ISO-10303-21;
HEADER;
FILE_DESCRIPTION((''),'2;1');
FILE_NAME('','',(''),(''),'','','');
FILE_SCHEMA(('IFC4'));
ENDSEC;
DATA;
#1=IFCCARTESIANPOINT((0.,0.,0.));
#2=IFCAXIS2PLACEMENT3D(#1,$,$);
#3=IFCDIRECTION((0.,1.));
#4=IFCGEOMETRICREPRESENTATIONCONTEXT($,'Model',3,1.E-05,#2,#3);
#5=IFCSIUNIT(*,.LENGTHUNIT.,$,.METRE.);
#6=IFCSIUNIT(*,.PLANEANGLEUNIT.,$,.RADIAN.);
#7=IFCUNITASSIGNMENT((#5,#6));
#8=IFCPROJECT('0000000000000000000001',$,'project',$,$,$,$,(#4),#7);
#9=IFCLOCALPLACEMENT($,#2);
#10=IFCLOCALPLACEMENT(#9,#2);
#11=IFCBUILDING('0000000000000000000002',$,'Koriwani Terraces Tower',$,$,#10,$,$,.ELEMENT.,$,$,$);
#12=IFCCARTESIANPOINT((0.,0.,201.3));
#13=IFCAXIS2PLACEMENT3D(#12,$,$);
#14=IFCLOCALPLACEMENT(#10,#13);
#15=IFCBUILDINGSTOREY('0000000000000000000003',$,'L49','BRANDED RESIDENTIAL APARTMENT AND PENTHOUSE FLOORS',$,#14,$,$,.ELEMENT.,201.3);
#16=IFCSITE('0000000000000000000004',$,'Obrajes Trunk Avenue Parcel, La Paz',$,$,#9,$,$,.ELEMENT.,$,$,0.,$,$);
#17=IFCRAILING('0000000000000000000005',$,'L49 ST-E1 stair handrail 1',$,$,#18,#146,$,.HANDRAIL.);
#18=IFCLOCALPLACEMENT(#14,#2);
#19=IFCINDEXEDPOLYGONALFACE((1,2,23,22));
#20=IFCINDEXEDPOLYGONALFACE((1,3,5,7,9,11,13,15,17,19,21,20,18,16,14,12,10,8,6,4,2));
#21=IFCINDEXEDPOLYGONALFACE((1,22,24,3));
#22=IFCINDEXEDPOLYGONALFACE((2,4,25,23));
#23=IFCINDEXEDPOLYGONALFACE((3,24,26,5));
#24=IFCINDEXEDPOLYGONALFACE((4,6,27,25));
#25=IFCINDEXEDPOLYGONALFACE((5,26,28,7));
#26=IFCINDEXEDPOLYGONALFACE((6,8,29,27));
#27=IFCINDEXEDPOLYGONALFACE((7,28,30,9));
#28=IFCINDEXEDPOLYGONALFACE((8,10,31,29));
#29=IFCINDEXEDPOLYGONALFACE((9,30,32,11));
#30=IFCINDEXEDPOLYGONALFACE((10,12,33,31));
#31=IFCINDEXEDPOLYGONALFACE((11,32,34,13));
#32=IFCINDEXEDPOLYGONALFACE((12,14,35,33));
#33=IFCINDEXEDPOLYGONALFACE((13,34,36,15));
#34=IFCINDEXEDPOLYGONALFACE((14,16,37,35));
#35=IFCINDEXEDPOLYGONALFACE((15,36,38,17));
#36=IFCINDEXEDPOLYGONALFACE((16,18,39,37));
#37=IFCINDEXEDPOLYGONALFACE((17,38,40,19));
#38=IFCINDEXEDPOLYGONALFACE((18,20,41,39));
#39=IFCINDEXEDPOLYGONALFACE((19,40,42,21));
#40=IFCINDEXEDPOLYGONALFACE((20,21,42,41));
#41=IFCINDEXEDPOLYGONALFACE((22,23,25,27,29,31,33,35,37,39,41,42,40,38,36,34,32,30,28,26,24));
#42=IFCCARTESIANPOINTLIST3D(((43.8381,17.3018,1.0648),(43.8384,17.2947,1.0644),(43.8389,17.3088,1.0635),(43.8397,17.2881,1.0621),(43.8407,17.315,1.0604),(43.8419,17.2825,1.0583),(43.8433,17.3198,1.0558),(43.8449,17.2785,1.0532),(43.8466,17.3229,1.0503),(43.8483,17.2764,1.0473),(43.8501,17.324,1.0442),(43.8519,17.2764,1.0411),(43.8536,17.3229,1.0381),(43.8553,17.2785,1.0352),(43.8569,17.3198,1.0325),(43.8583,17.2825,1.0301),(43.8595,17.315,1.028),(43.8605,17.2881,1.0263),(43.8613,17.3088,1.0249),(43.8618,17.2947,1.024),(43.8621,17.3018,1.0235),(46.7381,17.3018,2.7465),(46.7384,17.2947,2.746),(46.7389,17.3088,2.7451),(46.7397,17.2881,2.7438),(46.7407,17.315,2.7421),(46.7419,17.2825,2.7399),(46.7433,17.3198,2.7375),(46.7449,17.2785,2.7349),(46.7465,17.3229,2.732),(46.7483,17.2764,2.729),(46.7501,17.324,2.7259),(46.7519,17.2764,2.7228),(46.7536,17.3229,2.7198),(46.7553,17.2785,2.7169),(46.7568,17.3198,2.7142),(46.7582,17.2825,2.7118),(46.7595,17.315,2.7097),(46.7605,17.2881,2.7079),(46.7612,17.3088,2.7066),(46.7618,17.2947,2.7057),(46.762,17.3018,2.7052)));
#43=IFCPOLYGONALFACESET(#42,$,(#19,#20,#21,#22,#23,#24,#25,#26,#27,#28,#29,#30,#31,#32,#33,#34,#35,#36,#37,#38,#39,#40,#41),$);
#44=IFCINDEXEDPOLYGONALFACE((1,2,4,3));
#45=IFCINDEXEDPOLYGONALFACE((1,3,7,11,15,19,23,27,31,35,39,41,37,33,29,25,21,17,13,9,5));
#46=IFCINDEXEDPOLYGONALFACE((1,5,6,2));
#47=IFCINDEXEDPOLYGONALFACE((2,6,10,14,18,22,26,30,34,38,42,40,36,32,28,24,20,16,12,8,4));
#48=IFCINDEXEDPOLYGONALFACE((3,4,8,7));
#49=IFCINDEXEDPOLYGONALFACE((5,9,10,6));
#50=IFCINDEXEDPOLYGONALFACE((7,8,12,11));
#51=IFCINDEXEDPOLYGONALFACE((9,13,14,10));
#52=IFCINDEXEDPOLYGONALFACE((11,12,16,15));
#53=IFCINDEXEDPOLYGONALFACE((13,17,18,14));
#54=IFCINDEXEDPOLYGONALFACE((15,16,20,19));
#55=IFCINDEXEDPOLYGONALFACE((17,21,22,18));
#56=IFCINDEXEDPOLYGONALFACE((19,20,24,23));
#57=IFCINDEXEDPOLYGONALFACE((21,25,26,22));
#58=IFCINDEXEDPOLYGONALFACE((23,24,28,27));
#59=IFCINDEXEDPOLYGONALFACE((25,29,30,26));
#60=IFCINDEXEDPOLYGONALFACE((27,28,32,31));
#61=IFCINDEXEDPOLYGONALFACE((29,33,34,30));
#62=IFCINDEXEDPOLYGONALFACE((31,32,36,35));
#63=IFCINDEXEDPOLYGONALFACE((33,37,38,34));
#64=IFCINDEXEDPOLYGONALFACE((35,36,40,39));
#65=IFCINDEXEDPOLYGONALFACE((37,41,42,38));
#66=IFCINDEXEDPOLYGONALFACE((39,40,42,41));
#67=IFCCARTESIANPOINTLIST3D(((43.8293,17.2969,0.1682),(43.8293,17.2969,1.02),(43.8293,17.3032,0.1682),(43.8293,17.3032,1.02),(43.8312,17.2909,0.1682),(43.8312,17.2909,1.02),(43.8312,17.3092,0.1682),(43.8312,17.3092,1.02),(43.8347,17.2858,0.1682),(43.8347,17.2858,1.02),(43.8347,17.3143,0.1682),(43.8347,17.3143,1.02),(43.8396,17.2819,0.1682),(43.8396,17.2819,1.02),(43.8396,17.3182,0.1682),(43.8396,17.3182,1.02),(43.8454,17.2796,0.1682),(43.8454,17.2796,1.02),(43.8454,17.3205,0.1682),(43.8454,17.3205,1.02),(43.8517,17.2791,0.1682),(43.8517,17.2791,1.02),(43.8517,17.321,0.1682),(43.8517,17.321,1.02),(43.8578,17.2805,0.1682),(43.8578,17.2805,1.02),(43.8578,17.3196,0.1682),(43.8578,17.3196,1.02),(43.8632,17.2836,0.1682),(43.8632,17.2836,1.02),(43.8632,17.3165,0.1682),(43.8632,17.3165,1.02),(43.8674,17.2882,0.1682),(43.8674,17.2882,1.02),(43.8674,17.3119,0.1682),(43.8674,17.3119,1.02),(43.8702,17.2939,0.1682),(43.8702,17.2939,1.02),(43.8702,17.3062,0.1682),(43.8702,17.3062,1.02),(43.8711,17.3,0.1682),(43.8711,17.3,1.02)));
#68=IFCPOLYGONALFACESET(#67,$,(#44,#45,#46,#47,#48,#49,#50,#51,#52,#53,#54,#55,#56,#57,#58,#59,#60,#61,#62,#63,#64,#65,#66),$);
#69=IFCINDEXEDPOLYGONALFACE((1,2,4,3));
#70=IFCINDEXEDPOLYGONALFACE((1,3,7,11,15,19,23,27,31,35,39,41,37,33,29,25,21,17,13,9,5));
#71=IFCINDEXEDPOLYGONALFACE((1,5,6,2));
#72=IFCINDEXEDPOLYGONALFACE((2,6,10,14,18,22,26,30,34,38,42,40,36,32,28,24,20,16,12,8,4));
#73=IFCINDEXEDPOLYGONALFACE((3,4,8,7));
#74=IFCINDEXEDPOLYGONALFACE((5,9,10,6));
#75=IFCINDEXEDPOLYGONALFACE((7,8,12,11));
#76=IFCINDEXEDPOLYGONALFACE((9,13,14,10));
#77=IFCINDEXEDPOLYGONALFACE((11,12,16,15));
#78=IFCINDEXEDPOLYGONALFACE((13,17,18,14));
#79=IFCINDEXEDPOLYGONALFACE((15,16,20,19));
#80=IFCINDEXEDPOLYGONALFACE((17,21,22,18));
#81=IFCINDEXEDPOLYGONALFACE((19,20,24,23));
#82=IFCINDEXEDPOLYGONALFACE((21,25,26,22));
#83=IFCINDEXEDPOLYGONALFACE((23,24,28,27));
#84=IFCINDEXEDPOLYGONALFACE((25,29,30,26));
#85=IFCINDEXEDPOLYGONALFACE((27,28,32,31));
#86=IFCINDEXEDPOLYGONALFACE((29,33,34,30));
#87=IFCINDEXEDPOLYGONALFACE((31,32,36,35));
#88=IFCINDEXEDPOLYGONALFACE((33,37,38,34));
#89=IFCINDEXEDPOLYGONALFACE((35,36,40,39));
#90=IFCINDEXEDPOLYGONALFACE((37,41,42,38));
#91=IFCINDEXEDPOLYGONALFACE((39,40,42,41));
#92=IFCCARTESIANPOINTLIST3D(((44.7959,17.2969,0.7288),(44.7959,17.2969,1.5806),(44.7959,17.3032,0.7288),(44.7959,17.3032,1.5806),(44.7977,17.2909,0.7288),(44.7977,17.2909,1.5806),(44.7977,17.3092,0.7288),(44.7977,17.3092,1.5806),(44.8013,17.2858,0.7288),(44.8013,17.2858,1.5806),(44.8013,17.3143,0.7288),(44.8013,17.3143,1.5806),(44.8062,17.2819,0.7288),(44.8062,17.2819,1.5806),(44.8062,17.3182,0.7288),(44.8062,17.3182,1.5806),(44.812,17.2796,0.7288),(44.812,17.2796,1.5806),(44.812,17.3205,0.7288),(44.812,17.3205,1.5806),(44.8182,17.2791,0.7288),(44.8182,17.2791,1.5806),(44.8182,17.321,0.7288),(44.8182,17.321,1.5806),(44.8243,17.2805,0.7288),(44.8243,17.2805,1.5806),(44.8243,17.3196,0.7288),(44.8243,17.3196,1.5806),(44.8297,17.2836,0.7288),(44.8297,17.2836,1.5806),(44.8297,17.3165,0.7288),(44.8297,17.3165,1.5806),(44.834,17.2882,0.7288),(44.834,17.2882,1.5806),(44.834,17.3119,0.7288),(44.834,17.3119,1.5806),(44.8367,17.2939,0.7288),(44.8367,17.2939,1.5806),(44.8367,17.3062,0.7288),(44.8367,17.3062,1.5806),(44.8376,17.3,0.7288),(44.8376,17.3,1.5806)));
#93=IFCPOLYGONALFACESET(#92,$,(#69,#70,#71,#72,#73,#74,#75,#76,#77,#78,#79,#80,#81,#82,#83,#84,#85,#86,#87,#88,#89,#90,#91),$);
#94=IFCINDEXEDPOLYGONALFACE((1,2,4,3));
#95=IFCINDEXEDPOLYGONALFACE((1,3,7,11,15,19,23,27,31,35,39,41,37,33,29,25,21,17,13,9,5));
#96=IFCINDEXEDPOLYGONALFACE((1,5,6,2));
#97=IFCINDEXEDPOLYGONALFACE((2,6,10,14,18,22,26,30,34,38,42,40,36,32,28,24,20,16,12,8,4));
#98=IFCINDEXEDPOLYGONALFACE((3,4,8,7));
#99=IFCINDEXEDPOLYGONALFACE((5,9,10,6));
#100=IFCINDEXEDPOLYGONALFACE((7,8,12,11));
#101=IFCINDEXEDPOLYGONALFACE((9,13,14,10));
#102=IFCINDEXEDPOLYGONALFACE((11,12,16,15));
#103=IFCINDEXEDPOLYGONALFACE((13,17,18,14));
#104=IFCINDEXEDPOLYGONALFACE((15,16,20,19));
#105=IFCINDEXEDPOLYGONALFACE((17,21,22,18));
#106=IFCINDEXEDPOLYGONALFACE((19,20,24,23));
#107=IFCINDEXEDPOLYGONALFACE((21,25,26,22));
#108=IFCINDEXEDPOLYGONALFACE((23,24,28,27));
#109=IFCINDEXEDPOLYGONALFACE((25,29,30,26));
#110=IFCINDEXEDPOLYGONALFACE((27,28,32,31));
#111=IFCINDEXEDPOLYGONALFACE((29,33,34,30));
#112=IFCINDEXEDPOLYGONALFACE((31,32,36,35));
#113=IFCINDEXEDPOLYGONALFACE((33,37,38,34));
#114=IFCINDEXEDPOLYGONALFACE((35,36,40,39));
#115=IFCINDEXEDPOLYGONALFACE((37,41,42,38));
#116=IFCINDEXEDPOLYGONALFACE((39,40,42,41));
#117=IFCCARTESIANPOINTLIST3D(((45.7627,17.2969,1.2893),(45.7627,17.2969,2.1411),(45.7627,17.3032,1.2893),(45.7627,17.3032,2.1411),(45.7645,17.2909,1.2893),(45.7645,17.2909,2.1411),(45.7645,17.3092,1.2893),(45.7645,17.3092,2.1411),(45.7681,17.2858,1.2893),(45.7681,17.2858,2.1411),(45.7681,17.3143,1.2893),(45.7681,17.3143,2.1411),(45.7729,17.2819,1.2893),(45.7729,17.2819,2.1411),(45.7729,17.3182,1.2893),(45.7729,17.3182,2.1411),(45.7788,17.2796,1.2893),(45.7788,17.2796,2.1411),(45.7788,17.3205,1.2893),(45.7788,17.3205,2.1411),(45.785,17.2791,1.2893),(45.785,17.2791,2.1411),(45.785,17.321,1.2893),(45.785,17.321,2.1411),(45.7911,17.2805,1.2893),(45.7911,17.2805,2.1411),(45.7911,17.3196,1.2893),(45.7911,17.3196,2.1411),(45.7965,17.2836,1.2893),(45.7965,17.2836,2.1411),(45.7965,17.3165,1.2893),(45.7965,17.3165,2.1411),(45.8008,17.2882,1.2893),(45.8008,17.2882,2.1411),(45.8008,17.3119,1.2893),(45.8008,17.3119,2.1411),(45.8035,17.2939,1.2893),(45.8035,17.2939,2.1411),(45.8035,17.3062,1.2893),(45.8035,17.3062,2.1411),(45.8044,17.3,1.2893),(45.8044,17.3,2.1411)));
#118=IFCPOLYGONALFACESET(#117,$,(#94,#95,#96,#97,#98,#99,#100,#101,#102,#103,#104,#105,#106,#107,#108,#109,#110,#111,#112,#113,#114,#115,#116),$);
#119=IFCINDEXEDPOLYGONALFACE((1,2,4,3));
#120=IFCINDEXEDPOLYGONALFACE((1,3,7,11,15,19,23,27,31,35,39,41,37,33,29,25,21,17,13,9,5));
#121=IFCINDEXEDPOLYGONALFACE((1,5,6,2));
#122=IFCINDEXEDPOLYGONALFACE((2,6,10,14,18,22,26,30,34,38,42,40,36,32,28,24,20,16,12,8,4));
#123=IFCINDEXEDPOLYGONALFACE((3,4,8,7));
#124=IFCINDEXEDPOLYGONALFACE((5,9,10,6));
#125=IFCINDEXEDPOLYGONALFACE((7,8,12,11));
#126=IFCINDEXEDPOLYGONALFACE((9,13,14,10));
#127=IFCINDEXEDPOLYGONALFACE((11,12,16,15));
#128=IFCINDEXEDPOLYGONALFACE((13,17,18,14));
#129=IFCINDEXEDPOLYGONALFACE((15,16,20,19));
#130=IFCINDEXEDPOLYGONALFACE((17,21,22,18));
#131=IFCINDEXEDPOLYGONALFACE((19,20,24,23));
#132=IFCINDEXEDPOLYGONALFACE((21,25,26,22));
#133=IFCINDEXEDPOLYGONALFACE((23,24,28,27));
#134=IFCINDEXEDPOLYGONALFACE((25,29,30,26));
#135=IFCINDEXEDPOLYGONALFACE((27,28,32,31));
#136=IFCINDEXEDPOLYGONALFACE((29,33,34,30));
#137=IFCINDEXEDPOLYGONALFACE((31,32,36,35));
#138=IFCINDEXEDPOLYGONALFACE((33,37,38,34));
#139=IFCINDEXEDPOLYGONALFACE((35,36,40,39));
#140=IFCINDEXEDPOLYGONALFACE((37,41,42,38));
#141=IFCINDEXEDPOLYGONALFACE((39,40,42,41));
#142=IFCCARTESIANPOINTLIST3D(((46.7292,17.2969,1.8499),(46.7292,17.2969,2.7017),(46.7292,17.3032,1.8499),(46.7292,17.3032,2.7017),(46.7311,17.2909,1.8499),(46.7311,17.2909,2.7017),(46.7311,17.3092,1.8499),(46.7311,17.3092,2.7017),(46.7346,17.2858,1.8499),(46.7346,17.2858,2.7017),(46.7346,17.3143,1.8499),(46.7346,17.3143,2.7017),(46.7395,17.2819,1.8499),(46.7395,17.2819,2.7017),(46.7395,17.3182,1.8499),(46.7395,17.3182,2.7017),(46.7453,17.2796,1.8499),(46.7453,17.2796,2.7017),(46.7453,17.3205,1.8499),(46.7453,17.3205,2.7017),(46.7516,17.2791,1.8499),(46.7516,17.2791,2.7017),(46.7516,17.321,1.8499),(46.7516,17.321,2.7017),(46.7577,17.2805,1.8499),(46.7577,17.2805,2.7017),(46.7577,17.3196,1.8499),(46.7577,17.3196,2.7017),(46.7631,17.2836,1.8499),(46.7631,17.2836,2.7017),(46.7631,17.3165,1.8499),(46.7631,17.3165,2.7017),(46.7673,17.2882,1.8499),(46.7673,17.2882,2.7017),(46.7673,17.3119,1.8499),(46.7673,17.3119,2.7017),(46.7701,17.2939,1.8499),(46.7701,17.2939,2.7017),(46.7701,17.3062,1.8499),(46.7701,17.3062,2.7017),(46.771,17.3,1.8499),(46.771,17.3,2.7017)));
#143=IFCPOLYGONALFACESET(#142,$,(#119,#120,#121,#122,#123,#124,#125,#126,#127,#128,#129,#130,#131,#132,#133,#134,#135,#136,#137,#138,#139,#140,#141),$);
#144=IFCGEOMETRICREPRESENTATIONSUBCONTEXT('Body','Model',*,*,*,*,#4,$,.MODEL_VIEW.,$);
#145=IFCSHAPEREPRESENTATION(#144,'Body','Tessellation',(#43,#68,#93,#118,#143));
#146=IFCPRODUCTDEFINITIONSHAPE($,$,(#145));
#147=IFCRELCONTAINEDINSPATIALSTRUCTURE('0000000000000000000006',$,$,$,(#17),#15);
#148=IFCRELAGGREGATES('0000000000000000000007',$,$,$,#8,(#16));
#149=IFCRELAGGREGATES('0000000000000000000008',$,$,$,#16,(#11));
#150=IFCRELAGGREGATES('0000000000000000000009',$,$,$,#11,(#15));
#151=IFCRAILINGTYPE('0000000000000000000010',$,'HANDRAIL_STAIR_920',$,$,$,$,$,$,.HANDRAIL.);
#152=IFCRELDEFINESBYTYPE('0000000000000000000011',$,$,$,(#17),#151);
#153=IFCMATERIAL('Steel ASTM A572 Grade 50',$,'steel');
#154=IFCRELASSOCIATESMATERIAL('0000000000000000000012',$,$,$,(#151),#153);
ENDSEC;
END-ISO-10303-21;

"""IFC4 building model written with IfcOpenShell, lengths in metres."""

from ifc_helpers import new_model, si_unit, direction, frame, origin, origin_2d, place, context, subcontext, project, spatial, circle, extrude, material, type_object, element, save


model = new_model("IFC4")

# Units and contexts
model_context = context("Model", 3, precision=1e-05, world=origin(), true_north=direction((0.0, 1.0)))
body_context = subcontext(model_context, "Body", "Model", "MODEL_VIEW")
ifc_project = project(units=[si_unit("LENGTHUNIT", "METRE"), si_unit("PLANEANGLEUNIT", "RADIAN")], contexts=[model_context])

# Site, building, storey
site_placement = place(None, origin())
site = spatial("IfcSite", under=ifc_project, at=site_placement, Name="Obrajes Trunk Avenue Parcel, La Paz", CompositionType="ELEMENT", RefElevation=0.0)
building_placement = place(site_placement, origin())
building = spatial("IfcBuilding", under=site, at=building_placement, Name="Koriwani Terraces Tower", CompositionType="ELEMENT")
storey_placement = place(building_placement, frame((0.0, 0.0, 201.3)))
storey = spatial("IfcBuildingStorey", under=building, at=storey_placement, Name="L49", Description="BRANDED RESIDENTIAL APARTMENT AND PENTHOUSE FLOORS", CompositionType="ELEMENT", Elevation=201.3)

# Shared definitions
ifc_material_1 = material(Name="Steel ASTM A572 Grade 50", Category="steel")

# Railing
railing_type_1 = type_object("IfcRailingType", Name="HANDRAIL_STAIR_920", PredefinedType="HANDRAIL", material=ifc_material_1)
railing_1_placement = place(storey_placement, frame((43.8501, 17.3, 0.1682)))
element("IfcRailing", 1, at=railing_1_placement, inside=storey, type_object=railing_type_1, Name="L49 ST-E1 stair handrail 1", PredefinedType="HANDRAIL", context=body_context, shape_type="SweptSolid", body=[
    extrude(circle(Radius=0.0239, at=origin_2d()), frame((0.0, 0.0, 0.876), z_axis=(0.86507, 0.0, 0.501651), x_axis=(0.0, 1.0, 0.0)), (0.0, 0.0, 1.0), 3.3523),
    extrude(circle(Radius=0.021, at=origin_2d()), origin(), (0.0, 0.0, 1.0), 0.8518),
    extrude(circle(Radius=0.021, at=origin_2d()), frame((0.9666, 0.0, 0.5605)), (0.0, 0.0, 1.0), 0.8518),
    extrude(circle(Radius=0.021, at=origin_2d()), frame((1.9333, 0.0, 1.1211)), (0.0, 0.0, 1.0), 0.8518),
    extrude(circle(Radius=0.021, at=origin_2d()), frame((2.8999, 0.0, 1.6816)), (0.0, 0.0, 1.0), 0.8518),
])

save(model, "model.ifc")
